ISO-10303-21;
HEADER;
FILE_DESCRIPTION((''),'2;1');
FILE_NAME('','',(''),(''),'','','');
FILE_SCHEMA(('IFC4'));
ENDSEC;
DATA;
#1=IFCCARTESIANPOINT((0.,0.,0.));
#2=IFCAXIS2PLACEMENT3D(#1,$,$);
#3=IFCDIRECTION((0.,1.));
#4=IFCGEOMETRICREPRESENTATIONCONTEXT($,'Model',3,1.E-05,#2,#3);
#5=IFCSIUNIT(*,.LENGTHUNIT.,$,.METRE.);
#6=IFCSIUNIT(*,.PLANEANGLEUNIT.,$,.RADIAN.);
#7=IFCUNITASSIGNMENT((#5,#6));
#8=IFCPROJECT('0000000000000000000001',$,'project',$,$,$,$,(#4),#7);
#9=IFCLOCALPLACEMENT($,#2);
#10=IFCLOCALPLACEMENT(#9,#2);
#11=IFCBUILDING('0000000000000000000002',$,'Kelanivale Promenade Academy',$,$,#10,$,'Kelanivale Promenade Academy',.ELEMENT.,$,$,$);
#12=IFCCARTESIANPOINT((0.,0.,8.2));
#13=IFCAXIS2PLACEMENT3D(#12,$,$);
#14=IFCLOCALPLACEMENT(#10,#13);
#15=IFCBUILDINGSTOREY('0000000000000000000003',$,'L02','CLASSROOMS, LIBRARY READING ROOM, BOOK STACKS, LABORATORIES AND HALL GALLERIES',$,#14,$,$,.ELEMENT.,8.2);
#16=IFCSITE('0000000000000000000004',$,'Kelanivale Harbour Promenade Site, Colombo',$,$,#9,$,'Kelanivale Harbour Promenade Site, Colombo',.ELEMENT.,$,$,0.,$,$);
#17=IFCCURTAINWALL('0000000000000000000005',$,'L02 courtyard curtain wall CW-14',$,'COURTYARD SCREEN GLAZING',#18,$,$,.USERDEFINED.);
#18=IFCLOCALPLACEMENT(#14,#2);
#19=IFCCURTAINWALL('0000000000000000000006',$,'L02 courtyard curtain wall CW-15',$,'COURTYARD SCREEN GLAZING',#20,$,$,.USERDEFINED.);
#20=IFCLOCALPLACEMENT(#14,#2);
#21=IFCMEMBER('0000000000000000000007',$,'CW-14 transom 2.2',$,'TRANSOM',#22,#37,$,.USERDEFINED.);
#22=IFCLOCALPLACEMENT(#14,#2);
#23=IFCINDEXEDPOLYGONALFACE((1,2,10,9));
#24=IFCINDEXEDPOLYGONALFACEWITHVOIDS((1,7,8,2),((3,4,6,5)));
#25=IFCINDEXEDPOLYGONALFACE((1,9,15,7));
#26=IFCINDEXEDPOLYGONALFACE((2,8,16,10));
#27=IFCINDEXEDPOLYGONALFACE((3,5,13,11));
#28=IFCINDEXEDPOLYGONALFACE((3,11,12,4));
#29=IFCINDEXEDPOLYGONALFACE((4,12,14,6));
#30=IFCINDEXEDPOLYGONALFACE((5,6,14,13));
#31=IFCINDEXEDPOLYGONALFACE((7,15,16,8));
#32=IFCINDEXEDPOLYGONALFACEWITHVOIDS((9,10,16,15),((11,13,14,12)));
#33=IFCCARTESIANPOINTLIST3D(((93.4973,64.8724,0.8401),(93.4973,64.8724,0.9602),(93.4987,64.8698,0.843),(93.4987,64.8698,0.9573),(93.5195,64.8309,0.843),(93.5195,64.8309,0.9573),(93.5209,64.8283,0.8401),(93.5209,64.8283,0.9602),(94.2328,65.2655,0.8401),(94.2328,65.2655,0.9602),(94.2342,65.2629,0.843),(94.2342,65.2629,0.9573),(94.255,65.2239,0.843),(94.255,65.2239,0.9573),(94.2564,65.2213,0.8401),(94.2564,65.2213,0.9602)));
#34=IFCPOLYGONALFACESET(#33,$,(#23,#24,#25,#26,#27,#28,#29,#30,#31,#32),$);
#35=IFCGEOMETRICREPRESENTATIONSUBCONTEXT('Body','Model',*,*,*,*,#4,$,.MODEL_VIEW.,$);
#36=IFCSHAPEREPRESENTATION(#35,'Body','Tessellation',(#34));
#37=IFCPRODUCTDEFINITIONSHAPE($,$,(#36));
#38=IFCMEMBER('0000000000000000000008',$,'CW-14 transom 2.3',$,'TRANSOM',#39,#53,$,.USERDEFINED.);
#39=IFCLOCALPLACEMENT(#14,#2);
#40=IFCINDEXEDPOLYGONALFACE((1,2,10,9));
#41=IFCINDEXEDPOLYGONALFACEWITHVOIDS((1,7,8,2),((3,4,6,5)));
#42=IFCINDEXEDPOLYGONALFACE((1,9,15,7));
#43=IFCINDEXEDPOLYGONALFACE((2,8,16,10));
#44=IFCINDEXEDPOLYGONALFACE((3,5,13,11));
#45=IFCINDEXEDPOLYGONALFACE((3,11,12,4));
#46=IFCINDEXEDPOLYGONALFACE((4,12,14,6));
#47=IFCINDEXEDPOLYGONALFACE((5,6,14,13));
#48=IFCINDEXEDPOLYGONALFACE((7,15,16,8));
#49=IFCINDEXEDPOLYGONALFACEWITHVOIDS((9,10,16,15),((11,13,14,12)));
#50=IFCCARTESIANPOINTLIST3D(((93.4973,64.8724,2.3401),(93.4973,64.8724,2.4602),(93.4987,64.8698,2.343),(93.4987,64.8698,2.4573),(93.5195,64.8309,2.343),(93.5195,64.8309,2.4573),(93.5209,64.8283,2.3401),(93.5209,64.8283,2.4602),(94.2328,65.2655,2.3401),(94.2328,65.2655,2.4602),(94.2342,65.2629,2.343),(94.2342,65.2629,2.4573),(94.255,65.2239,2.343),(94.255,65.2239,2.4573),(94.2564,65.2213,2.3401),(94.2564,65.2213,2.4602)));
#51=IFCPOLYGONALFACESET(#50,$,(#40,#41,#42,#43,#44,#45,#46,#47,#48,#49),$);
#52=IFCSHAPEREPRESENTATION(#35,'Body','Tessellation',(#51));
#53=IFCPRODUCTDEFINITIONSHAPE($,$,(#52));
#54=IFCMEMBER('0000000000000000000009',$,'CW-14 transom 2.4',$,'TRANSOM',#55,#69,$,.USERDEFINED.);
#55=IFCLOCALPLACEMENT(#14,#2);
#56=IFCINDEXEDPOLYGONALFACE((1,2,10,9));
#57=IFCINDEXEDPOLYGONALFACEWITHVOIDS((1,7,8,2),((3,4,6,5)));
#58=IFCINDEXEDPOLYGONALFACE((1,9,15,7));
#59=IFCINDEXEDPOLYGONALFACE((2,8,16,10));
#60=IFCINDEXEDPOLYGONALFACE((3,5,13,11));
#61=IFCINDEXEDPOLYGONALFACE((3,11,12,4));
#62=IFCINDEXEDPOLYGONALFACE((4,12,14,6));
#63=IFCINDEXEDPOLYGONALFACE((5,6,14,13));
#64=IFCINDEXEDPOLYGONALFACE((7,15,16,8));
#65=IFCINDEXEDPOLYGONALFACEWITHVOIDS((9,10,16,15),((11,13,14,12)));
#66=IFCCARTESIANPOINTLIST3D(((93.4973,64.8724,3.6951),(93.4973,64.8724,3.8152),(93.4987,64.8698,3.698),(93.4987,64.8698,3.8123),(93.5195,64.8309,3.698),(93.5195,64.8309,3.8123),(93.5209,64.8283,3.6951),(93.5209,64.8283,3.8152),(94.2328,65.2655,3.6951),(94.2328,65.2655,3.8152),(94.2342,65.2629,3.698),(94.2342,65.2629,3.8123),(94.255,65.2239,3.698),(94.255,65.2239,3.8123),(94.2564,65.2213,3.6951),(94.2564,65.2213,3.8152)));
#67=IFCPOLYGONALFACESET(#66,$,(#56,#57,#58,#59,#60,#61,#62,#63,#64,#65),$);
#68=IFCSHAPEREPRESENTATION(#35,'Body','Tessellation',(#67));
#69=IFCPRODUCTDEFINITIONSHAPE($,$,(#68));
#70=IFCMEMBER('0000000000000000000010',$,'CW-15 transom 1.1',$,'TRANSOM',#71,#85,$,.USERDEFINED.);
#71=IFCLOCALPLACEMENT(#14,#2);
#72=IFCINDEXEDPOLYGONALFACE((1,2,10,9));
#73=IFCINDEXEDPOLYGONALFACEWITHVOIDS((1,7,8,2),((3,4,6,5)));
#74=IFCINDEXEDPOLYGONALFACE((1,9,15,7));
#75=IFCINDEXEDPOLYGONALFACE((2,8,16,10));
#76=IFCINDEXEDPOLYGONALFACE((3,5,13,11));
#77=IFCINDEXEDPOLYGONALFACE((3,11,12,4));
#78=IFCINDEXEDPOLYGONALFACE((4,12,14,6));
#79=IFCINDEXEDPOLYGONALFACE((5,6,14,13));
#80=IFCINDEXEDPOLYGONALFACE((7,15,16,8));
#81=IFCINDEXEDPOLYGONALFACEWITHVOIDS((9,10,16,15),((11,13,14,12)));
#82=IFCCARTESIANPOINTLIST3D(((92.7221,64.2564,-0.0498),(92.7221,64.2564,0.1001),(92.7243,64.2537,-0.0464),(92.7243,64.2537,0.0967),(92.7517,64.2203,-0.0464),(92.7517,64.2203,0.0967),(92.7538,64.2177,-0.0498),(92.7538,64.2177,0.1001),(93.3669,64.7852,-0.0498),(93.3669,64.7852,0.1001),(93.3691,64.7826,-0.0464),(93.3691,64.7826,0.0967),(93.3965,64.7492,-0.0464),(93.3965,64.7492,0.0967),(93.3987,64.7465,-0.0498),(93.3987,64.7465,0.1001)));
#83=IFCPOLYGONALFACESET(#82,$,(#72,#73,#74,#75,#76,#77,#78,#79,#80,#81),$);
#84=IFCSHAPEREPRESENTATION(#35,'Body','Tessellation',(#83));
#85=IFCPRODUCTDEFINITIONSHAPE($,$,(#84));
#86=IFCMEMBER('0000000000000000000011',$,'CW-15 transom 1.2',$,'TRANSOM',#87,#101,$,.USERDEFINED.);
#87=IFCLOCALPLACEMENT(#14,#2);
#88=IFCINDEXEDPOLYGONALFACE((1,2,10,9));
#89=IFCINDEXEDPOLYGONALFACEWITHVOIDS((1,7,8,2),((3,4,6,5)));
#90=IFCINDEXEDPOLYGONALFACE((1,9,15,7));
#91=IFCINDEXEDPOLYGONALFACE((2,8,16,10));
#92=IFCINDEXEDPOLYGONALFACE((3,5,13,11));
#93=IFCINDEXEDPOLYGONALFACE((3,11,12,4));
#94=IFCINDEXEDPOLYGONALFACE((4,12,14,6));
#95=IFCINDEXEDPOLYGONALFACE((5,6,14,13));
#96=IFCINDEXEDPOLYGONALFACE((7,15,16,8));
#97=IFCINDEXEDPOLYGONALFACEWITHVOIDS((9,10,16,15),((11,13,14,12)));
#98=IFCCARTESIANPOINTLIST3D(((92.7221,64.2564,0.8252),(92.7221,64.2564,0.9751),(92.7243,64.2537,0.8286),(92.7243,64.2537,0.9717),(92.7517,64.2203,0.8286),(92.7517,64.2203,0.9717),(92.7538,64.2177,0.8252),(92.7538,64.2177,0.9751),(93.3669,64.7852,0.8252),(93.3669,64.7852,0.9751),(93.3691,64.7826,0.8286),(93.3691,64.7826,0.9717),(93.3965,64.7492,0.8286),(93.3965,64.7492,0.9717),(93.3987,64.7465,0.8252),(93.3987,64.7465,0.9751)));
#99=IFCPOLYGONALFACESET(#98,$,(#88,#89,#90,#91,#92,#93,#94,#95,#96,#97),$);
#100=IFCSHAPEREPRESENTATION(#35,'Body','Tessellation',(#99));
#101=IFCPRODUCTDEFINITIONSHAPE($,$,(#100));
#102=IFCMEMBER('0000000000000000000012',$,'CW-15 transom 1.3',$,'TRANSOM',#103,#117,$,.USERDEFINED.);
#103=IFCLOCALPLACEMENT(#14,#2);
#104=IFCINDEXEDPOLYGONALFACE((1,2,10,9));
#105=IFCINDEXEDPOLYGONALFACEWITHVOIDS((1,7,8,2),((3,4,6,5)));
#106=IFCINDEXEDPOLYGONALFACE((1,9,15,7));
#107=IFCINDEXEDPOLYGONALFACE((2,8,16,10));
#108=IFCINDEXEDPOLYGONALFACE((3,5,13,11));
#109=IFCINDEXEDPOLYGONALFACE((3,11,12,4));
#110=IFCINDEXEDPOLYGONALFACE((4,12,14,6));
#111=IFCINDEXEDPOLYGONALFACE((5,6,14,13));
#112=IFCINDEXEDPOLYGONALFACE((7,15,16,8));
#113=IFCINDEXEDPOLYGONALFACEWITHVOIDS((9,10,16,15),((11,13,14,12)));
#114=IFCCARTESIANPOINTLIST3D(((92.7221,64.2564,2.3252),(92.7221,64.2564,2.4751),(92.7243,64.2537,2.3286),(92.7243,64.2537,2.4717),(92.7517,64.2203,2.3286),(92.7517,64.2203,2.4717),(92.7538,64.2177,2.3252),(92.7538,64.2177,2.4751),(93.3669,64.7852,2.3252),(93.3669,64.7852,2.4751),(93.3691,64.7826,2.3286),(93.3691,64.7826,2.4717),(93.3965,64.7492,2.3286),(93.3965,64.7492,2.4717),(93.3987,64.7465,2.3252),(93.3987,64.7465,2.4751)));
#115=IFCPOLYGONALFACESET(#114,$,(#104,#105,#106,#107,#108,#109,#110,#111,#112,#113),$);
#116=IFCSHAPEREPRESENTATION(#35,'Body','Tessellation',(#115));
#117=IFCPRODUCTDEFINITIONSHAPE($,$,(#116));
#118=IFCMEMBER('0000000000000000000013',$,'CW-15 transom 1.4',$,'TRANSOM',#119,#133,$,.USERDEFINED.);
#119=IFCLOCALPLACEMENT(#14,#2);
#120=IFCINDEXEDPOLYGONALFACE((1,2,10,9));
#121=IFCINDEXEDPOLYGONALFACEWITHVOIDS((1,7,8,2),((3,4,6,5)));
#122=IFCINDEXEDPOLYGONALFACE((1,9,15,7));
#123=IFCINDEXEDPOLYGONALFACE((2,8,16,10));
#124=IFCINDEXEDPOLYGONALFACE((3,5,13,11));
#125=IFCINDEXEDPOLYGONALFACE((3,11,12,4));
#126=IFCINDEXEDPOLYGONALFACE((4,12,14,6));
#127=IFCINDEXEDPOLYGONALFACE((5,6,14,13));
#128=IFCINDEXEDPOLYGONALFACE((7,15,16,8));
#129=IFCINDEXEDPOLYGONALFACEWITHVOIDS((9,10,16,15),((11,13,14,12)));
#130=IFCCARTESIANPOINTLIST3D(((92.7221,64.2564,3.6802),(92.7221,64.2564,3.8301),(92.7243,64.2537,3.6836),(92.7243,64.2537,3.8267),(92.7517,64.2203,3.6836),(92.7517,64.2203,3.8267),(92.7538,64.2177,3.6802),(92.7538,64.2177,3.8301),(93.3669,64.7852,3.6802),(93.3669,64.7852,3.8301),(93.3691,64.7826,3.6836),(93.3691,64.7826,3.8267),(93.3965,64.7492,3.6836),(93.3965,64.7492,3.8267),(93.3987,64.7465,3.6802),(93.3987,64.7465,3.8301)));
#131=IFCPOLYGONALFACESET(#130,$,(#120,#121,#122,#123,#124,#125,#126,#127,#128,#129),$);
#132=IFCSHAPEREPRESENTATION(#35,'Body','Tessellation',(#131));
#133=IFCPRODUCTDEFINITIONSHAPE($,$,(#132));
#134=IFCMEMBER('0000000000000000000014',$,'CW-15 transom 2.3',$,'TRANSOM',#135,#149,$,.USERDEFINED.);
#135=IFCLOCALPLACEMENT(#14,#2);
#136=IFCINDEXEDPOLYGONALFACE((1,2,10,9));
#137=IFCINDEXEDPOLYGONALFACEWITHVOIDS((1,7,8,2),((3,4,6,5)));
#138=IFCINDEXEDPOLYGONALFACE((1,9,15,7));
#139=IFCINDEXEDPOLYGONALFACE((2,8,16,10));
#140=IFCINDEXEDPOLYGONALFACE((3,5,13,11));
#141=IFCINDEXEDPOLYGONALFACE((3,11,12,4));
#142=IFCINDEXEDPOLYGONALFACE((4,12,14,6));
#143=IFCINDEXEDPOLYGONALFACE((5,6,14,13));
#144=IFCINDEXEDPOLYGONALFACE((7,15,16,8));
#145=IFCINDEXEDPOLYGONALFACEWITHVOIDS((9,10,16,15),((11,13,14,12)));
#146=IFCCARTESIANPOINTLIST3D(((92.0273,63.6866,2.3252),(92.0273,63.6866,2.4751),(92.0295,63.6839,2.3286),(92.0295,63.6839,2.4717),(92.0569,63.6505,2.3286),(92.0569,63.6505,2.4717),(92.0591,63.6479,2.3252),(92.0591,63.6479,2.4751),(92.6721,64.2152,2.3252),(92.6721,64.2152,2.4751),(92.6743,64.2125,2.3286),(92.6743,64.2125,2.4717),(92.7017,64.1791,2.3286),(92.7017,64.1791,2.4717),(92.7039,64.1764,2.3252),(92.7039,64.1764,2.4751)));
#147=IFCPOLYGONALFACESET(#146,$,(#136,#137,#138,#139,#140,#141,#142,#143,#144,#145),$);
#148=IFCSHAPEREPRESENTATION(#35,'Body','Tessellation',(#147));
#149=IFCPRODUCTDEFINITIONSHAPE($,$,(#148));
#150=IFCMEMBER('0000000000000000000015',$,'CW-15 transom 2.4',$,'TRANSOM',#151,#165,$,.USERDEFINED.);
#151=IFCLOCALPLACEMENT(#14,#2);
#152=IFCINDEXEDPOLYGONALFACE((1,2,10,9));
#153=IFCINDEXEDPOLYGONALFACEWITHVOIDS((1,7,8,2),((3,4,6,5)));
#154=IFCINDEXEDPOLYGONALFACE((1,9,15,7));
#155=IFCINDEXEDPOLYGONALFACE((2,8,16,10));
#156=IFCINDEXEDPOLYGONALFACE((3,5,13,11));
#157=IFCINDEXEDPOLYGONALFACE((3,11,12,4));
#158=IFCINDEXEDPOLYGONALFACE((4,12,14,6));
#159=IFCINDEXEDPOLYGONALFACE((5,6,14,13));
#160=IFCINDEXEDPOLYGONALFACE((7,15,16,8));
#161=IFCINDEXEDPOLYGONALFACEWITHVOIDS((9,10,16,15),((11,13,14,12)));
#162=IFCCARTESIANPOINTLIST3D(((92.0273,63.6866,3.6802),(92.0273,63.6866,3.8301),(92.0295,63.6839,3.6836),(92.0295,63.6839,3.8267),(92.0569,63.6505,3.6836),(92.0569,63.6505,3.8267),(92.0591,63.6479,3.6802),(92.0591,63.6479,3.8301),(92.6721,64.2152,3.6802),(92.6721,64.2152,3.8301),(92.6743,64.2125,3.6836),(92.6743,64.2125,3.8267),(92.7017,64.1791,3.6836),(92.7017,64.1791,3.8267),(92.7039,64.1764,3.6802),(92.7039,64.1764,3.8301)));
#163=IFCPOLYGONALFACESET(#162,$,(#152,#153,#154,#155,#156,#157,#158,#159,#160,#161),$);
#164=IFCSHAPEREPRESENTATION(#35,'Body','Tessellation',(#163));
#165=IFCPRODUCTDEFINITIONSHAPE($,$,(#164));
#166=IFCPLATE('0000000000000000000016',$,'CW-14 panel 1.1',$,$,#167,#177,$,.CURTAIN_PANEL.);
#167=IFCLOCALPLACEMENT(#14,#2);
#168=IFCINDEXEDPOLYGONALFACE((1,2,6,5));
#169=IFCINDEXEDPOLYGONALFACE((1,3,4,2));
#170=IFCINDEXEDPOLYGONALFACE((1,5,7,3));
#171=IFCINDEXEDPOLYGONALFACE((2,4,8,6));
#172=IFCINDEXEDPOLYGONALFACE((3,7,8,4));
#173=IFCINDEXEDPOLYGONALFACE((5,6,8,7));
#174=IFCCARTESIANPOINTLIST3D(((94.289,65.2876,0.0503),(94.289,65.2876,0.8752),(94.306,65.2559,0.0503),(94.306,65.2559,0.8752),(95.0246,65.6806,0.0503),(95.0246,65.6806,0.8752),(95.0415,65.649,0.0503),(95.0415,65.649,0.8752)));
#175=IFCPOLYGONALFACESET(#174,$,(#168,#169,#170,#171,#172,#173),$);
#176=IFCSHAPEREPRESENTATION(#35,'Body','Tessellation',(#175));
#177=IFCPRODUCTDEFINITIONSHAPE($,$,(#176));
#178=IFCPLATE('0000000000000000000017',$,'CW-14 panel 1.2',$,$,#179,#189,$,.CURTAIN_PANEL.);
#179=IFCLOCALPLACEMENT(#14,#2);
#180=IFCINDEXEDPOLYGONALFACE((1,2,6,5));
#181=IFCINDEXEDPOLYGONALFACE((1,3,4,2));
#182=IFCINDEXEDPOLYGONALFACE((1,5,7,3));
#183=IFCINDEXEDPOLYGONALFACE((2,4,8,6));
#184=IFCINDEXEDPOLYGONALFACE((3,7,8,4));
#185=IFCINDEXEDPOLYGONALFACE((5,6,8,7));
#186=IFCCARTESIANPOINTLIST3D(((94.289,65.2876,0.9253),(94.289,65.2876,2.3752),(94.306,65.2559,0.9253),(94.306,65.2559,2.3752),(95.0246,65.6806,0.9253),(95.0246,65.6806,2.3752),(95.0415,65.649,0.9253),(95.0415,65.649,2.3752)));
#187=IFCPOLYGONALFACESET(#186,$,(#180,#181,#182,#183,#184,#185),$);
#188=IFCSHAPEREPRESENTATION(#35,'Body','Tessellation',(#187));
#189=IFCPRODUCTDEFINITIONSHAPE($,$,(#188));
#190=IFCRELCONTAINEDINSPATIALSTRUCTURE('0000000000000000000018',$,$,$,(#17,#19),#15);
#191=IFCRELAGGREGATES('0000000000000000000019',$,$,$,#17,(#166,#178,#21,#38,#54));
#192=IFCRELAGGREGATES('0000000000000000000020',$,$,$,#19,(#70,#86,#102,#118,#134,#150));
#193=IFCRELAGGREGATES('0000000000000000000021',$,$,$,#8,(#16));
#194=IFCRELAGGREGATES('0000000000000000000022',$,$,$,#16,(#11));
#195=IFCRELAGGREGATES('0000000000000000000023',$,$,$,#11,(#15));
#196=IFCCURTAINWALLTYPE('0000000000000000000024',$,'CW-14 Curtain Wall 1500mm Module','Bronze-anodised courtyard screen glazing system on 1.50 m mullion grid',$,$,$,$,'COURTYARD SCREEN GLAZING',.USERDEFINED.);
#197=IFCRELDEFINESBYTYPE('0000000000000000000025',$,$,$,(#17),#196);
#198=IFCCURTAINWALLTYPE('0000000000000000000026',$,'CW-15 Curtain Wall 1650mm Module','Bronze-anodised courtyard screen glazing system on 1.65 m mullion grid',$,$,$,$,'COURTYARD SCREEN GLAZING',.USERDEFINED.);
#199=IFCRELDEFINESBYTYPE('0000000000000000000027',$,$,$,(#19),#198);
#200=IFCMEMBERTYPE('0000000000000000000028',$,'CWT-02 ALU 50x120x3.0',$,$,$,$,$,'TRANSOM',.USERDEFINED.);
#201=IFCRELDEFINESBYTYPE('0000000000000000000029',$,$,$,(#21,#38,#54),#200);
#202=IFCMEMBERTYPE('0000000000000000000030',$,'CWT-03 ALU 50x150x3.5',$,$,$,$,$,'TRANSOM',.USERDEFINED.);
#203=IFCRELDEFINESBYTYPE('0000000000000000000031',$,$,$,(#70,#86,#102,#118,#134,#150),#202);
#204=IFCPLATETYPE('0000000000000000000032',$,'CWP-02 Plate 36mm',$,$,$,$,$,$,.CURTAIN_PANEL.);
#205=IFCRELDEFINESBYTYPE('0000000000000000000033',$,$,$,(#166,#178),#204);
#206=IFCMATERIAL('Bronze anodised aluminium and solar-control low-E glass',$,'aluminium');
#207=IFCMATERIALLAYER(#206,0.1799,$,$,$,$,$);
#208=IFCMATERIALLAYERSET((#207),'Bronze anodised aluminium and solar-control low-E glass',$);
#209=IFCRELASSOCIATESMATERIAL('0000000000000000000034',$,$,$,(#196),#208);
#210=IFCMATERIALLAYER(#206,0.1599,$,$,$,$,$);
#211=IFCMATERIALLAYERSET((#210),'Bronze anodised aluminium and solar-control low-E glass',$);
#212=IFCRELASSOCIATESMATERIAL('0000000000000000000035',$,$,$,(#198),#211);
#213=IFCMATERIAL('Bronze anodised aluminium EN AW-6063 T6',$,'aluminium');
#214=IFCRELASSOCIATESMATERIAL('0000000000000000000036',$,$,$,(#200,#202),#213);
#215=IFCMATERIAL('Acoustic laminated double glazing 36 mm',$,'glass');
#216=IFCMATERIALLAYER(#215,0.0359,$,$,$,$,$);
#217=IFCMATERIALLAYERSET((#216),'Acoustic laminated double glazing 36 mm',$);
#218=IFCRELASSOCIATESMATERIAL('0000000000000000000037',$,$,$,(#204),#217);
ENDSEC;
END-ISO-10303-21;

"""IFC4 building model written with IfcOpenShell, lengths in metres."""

from ifc_helpers import new_model, si_unit, direction, frame, origin, origin_2d, place, context, subcontext, project, spatial, rectangle, hollow_rectangle, extrude, material, layer, layer_set, material_profile, profile_set, type_object, element, aggregate, save


model = new_model("IFC4")

# Units and contexts
model_context = context("Model", 3, precision=1e-05, world=origin(), true_north=direction((0.0, 1.0)))
body_context = subcontext(model_context, "Body", "Model", "MODEL_VIEW")
ifc_project = project(units=[si_unit("LENGTHUNIT", "METRE"), si_unit("PLANEANGLEUNIT", "RADIAN")], contexts=[model_context])

# Site, building, storey
site_placement = place(None, origin())
site = spatial("IfcSite", under=ifc_project, at=site_placement, Name="Kelanivale Harbour Promenade Site, Colombo", LongName="Kelanivale Harbour Promenade Site, Colombo", CompositionType="ELEMENT", RefElevation=0.0)
building_placement = place(site_placement, origin())
building = spatial("IfcBuilding", under=site, at=building_placement, Name="Kelanivale Promenade Academy", LongName="Kelanivale Promenade Academy", CompositionType="ELEMENT")
storey_placement = place(building_placement, frame((0.0, 0.0, 8.2)))
storey = spatial("IfcBuildingStorey", under=building, at=storey_placement, Name="L02", Description="CLASSROOMS, LIBRARY READING ROOM, BOOK STACKS, LABORATORIES AND HALL GALLERIES", CompositionType="ELEMENT", Elevation=8.2)

# Curtain walls
ifc_material_1 = material(Name="Bronze anodised aluminium and solar-control low-E glass", Category="aluminium")
ifc_layer_1 = layer(ifc_material_1, 0.1799)
ifc_layer_set_1 = layer_set([ifc_layer_1], Name="Bronze anodised aluminium and solar-control low-E glass")
curtain_wall_type_1 = type_object("IfcCurtainWallType", Name="CW-14 Curtain Wall 1500mm Module", Description="Bronze-anodised courtyard screen glazing system on 1.50 m mullion grid", ElementType="COURTYARD SCREEN GLAZING", PredefinedType="USERDEFINED", material=ifc_layer_set_1)
curtain_wall_1_placement = place(storey_placement, origin())
curtain_wall_1 = element("IfcCurtainWall", 1, at=curtain_wall_1_placement, inside=storey, type_object=curtain_wall_type_1, Name="L02 courtyard curtain wall CW-14", ObjectType="COURTYARD SCREEN GLAZING", PredefinedType="USERDEFINED")
ifc_material_2 = material(Name="Bronze anodised aluminium EN AW-6063 T6", Category="aluminium")
ifc_layer_2 = layer(ifc_material_1, 0.1599)
ifc_layer_set_2 = layer_set([ifc_layer_2], Name="Bronze anodised aluminium and solar-control low-E glass")
curtain_wall_type_2 = type_object("IfcCurtainWallType", Name="CW-15 Curtain Wall 1650mm Module", Description="Bronze-anodised courtyard screen glazing system on 1.65 m mullion grid", ElementType="COURTYARD SCREEN GLAZING", PredefinedType="USERDEFINED", material=ifc_layer_set_2)
curtain_wall_2_placement = place(storey_placement, origin())
curtain_wall_2 = element("IfcCurtainWall", 2, at=curtain_wall_2_placement, inside=storey, type_object=curtain_wall_type_2, Name="L02 courtyard curtain wall CW-15", ObjectType="COURTYARD SCREEN GLAZING", PredefinedType="USERDEFINED")

# Members
ifc_material_profile_1 = material_profile(ifc_material_2, hollow_rectangle(XDim=0.05, YDim=0.1201, WallThickness=0.0029, at=origin_2d()), Name="ALU 50x120x3.0")
ifc_profile_set_1 = profile_set([ifc_material_profile_1], Name="Bronze anodised aluminium EN AW-6063 T6")
member_type_1 = type_object("IfcMemberType", Name="CWT-02 ALU 50x120x3.0", ElementType="TRANSOM", PredefinedType="USERDEFINED", material=ifc_profile_set_1)
member_1_placement = place(storey_placement, frame((94.2446, 65.2434, 0.9001), z_axis=(-0.88198, -0.471287, 0.0), x_axis=(0.471287, -0.88198, 0.0)))
member_1 = element("IfcMember", 3, at=member_1_placement, type_object=member_type_1, Name="CW-14 transom 2.2", ObjectType="TRANSOM", PredefinedType="USERDEFINED", context=body_context, shape_type="SweptSolid", body=[
    extrude(hollow_rectangle(XDim=0.05, YDim=0.1201, WallThickness=0.0029, at=origin_2d()), origin(), (0.0, 0.0, 1.0), 0.834),
])
member_2_placement = place(storey_placement, frame((94.2446, 65.2434, 2.4001), z_axis=(-0.88198, -0.471287, 0.0), x_axis=(0.471287, -0.88198, 0.0)))
member_2 = element("IfcMember", 4, at=member_2_placement, type_object=member_type_1, Name="CW-14 transom 2.3", ObjectType="TRANSOM", PredefinedType="USERDEFINED", context=body_context, shape_type="SweptSolid", body=[
    extrude(hollow_rectangle(XDim=0.05, YDim=0.1201, WallThickness=0.0029, at=origin_2d()), origin(), (0.0, 0.0, 1.0), 0.834),
])
member_3_placement = place(storey_placement, frame((94.2446, 65.2434, 3.7551), z_axis=(-0.88198, -0.471287, 0.0), x_axis=(0.471287, -0.88198, 0.0)))
member_3 = element("IfcMember", 5, at=member_3_placement, type_object=member_type_1, Name="CW-14 transom 2.4", ObjectType="TRANSOM", PredefinedType="USERDEFINED", context=body_context, shape_type="SweptSolid", body=[
    extrude(hollow_rectangle(XDim=0.05, YDim=0.1201, WallThickness=0.0029, at=origin_2d()), origin(), (0.0, 0.0, 1.0), 0.834),
])
ifc_material_profile_2 = material_profile(ifc_material_2, hollow_rectangle(XDim=0.05, YDim=0.1499, WallThickness=0.0034, at=origin_2d()), Name="ALU 50x150x3.5")
ifc_profile_set_2 = profile_set([ifc_material_profile_2], Name="Bronze anodised aluminium EN AW-6063 T6")
member_type_2 = type_object("IfcMemberType", Name="CWT-03 ALU 50x150x3.5", ElementType="TRANSOM", PredefinedType="USERDEFINED", material=ifc_profile_set_2)
member_4_placement = place(storey_placement, frame((93.3828, 64.7659, 0.0251), z_axis=(-0.773213, -0.634146, 0.0), x_axis=(0.634146, -0.773213, 0.0)))
member_4 = element("IfcMember", 6, at=member_4_placement, type_object=member_type_2, Name="CW-15 transom 1.1", ObjectType="TRANSOM", PredefinedType="USERDEFINED", context=body_context, shape_type="SweptSolid", body=[
    extrude(hollow_rectangle(XDim=0.05, YDim=0.1499, WallThickness=0.0034, at=origin_2d()), origin(), (0.0, 0.0, 1.0), 0.834),
])
member_5_placement = place(storey_placement, frame((93.3828, 64.7659, 0.9001), z_axis=(-0.773213, -0.634146, 0.0), x_axis=(0.634146, -0.773213, 0.0)))
member_5 = element("IfcMember", 7, at=member_5_placement, type_object=member_type_2, Name="CW-15 transom 1.2", ObjectType="TRANSOM", PredefinedType="USERDEFINED", context=body_context, shape_type="SweptSolid", body=[
    extrude(hollow_rectangle(XDim=0.05, YDim=0.1499, WallThickness=0.0034, at=origin_2d()), origin(), (0.0, 0.0, 1.0), 0.834),
])
member_6_placement = place(storey_placement, frame((93.3828, 64.7659, 2.4001), z_axis=(-0.773213, -0.634146, 0.0), x_axis=(0.634146, -0.773213, 0.0)))
member_6 = element("IfcMember", 8, at=member_6_placement, type_object=member_type_2, Name="CW-15 transom 1.3", ObjectType="TRANSOM", PredefinedType="USERDEFINED", context=body_context, shape_type="SweptSolid", body=[
    extrude(hollow_rectangle(XDim=0.05, YDim=0.1499, WallThickness=0.0034, at=origin_2d()), origin(), (0.0, 0.0, 1.0), 0.834),
])
member_7_placement = place(storey_placement, frame((93.3828, 64.7659, 3.7551), z_axis=(-0.773213, -0.634146, 0.0), x_axis=(0.634146, -0.773213, 0.0)))
member_7 = element("IfcMember", 9, at=member_7_placement, type_object=member_type_2, Name="CW-15 transom 1.4", ObjectType="TRANSOM", PredefinedType="USERDEFINED", context=body_context, shape_type="SweptSolid", body=[
    extrude(hollow_rectangle(XDim=0.05, YDim=0.1499, WallThickness=0.0034, at=origin_2d()), origin(), (0.0, 0.0, 1.0), 0.834),
])
member_8_placement = place(storey_placement, frame((92.688, 64.1958, 2.4001), z_axis=(-0.773357, -0.633971, 0.0), x_axis=(0.633971, -0.773357, 0.0)))
member_8 = element("IfcMember", 10, at=member_8_placement, type_object=member_type_2, Name="CW-15 transom 2.3", ObjectType="TRANSOM", PredefinedType="USERDEFINED", context=body_context, shape_type="SweptSolid", body=[
    extrude(hollow_rectangle(XDim=0.05, YDim=0.1499, WallThickness=0.0034, at=origin_2d()), origin(), (0.0, 0.0, 1.0), 0.8337),
])
member_9_placement = place(storey_placement, frame((92.688, 64.1958, 3.7551), z_axis=(-0.773357, -0.633971, 0.0), x_axis=(0.633971, -0.773357, 0.0)))
member_9 = element("IfcMember", 11, at=member_9_placement, type_object=member_type_2, Name="CW-15 transom 2.4", ObjectType="TRANSOM", PredefinedType="USERDEFINED", context=body_context, shape_type="SweptSolid", body=[
    extrude(hollow_rectangle(XDim=0.05, YDim=0.1499, WallThickness=0.0034, at=origin_2d()), origin(), (0.0, 0.0, 1.0), 0.8337),
])

# Plates
ifc_material_3 = material(Name="Acoustic laminated double glazing 36 mm", Category="glass")
ifc_layer_3 = layer(ifc_material_3, 0.0359)
ifc_layer_set_3 = layer_set([ifc_layer_3], Name="Acoustic laminated double glazing 36 mm")
plate_type_1 = type_object("IfcPlateType", Name="CWP-02 Plate 36mm", PredefinedType="CURTAIN_PANEL", material=ifc_layer_set_3)
plate_1_placement = place(storey_placement, frame((94.6653, 65.4683, 0.0503), z_axis=(0.0, 0.0, 1.0), x_axis=(-0.881978, -0.47129, 0.0)))
plate_1 = element("IfcPlate", 12, at=plate_1_placement, type_object=plate_type_1, Name="CW-14 panel 1.1", PredefinedType="CURTAIN_PANEL", context=body_context, shape_type="SweptSolid", body=[
    extrude(rectangle(XDim=0.834, YDim=0.0359, at=origin_2d()), origin(), (0.0, 0.0, 1.0), 0.825),
])
plate_2_placement = place(storey_placement, frame((94.6653, 65.4683, 0.9253), z_axis=(0.0, 0.0, 1.0), x_axis=(-0.881978, -0.47129, 0.0)))
plate_2 = element("IfcPlate", 13, at=plate_2_placement, type_object=plate_type_1, Name="CW-14 panel 1.2", PredefinedType="CURTAIN_PANEL", context=body_context, shape_type="SweptSolid", body=[
    extrude(rectangle(XDim=0.834, YDim=0.0359, at=origin_2d()), origin(), (0.0, 0.0, 1.0), 1.45),
])
aggregate(curtain_wall_1, [plate_1, plate_2, member_1, member_2, member_3])
aggregate(curtain_wall_2, [member_4, member_5, member_6, member_7, member_8, member_9])

save(model, "model.ifc")
